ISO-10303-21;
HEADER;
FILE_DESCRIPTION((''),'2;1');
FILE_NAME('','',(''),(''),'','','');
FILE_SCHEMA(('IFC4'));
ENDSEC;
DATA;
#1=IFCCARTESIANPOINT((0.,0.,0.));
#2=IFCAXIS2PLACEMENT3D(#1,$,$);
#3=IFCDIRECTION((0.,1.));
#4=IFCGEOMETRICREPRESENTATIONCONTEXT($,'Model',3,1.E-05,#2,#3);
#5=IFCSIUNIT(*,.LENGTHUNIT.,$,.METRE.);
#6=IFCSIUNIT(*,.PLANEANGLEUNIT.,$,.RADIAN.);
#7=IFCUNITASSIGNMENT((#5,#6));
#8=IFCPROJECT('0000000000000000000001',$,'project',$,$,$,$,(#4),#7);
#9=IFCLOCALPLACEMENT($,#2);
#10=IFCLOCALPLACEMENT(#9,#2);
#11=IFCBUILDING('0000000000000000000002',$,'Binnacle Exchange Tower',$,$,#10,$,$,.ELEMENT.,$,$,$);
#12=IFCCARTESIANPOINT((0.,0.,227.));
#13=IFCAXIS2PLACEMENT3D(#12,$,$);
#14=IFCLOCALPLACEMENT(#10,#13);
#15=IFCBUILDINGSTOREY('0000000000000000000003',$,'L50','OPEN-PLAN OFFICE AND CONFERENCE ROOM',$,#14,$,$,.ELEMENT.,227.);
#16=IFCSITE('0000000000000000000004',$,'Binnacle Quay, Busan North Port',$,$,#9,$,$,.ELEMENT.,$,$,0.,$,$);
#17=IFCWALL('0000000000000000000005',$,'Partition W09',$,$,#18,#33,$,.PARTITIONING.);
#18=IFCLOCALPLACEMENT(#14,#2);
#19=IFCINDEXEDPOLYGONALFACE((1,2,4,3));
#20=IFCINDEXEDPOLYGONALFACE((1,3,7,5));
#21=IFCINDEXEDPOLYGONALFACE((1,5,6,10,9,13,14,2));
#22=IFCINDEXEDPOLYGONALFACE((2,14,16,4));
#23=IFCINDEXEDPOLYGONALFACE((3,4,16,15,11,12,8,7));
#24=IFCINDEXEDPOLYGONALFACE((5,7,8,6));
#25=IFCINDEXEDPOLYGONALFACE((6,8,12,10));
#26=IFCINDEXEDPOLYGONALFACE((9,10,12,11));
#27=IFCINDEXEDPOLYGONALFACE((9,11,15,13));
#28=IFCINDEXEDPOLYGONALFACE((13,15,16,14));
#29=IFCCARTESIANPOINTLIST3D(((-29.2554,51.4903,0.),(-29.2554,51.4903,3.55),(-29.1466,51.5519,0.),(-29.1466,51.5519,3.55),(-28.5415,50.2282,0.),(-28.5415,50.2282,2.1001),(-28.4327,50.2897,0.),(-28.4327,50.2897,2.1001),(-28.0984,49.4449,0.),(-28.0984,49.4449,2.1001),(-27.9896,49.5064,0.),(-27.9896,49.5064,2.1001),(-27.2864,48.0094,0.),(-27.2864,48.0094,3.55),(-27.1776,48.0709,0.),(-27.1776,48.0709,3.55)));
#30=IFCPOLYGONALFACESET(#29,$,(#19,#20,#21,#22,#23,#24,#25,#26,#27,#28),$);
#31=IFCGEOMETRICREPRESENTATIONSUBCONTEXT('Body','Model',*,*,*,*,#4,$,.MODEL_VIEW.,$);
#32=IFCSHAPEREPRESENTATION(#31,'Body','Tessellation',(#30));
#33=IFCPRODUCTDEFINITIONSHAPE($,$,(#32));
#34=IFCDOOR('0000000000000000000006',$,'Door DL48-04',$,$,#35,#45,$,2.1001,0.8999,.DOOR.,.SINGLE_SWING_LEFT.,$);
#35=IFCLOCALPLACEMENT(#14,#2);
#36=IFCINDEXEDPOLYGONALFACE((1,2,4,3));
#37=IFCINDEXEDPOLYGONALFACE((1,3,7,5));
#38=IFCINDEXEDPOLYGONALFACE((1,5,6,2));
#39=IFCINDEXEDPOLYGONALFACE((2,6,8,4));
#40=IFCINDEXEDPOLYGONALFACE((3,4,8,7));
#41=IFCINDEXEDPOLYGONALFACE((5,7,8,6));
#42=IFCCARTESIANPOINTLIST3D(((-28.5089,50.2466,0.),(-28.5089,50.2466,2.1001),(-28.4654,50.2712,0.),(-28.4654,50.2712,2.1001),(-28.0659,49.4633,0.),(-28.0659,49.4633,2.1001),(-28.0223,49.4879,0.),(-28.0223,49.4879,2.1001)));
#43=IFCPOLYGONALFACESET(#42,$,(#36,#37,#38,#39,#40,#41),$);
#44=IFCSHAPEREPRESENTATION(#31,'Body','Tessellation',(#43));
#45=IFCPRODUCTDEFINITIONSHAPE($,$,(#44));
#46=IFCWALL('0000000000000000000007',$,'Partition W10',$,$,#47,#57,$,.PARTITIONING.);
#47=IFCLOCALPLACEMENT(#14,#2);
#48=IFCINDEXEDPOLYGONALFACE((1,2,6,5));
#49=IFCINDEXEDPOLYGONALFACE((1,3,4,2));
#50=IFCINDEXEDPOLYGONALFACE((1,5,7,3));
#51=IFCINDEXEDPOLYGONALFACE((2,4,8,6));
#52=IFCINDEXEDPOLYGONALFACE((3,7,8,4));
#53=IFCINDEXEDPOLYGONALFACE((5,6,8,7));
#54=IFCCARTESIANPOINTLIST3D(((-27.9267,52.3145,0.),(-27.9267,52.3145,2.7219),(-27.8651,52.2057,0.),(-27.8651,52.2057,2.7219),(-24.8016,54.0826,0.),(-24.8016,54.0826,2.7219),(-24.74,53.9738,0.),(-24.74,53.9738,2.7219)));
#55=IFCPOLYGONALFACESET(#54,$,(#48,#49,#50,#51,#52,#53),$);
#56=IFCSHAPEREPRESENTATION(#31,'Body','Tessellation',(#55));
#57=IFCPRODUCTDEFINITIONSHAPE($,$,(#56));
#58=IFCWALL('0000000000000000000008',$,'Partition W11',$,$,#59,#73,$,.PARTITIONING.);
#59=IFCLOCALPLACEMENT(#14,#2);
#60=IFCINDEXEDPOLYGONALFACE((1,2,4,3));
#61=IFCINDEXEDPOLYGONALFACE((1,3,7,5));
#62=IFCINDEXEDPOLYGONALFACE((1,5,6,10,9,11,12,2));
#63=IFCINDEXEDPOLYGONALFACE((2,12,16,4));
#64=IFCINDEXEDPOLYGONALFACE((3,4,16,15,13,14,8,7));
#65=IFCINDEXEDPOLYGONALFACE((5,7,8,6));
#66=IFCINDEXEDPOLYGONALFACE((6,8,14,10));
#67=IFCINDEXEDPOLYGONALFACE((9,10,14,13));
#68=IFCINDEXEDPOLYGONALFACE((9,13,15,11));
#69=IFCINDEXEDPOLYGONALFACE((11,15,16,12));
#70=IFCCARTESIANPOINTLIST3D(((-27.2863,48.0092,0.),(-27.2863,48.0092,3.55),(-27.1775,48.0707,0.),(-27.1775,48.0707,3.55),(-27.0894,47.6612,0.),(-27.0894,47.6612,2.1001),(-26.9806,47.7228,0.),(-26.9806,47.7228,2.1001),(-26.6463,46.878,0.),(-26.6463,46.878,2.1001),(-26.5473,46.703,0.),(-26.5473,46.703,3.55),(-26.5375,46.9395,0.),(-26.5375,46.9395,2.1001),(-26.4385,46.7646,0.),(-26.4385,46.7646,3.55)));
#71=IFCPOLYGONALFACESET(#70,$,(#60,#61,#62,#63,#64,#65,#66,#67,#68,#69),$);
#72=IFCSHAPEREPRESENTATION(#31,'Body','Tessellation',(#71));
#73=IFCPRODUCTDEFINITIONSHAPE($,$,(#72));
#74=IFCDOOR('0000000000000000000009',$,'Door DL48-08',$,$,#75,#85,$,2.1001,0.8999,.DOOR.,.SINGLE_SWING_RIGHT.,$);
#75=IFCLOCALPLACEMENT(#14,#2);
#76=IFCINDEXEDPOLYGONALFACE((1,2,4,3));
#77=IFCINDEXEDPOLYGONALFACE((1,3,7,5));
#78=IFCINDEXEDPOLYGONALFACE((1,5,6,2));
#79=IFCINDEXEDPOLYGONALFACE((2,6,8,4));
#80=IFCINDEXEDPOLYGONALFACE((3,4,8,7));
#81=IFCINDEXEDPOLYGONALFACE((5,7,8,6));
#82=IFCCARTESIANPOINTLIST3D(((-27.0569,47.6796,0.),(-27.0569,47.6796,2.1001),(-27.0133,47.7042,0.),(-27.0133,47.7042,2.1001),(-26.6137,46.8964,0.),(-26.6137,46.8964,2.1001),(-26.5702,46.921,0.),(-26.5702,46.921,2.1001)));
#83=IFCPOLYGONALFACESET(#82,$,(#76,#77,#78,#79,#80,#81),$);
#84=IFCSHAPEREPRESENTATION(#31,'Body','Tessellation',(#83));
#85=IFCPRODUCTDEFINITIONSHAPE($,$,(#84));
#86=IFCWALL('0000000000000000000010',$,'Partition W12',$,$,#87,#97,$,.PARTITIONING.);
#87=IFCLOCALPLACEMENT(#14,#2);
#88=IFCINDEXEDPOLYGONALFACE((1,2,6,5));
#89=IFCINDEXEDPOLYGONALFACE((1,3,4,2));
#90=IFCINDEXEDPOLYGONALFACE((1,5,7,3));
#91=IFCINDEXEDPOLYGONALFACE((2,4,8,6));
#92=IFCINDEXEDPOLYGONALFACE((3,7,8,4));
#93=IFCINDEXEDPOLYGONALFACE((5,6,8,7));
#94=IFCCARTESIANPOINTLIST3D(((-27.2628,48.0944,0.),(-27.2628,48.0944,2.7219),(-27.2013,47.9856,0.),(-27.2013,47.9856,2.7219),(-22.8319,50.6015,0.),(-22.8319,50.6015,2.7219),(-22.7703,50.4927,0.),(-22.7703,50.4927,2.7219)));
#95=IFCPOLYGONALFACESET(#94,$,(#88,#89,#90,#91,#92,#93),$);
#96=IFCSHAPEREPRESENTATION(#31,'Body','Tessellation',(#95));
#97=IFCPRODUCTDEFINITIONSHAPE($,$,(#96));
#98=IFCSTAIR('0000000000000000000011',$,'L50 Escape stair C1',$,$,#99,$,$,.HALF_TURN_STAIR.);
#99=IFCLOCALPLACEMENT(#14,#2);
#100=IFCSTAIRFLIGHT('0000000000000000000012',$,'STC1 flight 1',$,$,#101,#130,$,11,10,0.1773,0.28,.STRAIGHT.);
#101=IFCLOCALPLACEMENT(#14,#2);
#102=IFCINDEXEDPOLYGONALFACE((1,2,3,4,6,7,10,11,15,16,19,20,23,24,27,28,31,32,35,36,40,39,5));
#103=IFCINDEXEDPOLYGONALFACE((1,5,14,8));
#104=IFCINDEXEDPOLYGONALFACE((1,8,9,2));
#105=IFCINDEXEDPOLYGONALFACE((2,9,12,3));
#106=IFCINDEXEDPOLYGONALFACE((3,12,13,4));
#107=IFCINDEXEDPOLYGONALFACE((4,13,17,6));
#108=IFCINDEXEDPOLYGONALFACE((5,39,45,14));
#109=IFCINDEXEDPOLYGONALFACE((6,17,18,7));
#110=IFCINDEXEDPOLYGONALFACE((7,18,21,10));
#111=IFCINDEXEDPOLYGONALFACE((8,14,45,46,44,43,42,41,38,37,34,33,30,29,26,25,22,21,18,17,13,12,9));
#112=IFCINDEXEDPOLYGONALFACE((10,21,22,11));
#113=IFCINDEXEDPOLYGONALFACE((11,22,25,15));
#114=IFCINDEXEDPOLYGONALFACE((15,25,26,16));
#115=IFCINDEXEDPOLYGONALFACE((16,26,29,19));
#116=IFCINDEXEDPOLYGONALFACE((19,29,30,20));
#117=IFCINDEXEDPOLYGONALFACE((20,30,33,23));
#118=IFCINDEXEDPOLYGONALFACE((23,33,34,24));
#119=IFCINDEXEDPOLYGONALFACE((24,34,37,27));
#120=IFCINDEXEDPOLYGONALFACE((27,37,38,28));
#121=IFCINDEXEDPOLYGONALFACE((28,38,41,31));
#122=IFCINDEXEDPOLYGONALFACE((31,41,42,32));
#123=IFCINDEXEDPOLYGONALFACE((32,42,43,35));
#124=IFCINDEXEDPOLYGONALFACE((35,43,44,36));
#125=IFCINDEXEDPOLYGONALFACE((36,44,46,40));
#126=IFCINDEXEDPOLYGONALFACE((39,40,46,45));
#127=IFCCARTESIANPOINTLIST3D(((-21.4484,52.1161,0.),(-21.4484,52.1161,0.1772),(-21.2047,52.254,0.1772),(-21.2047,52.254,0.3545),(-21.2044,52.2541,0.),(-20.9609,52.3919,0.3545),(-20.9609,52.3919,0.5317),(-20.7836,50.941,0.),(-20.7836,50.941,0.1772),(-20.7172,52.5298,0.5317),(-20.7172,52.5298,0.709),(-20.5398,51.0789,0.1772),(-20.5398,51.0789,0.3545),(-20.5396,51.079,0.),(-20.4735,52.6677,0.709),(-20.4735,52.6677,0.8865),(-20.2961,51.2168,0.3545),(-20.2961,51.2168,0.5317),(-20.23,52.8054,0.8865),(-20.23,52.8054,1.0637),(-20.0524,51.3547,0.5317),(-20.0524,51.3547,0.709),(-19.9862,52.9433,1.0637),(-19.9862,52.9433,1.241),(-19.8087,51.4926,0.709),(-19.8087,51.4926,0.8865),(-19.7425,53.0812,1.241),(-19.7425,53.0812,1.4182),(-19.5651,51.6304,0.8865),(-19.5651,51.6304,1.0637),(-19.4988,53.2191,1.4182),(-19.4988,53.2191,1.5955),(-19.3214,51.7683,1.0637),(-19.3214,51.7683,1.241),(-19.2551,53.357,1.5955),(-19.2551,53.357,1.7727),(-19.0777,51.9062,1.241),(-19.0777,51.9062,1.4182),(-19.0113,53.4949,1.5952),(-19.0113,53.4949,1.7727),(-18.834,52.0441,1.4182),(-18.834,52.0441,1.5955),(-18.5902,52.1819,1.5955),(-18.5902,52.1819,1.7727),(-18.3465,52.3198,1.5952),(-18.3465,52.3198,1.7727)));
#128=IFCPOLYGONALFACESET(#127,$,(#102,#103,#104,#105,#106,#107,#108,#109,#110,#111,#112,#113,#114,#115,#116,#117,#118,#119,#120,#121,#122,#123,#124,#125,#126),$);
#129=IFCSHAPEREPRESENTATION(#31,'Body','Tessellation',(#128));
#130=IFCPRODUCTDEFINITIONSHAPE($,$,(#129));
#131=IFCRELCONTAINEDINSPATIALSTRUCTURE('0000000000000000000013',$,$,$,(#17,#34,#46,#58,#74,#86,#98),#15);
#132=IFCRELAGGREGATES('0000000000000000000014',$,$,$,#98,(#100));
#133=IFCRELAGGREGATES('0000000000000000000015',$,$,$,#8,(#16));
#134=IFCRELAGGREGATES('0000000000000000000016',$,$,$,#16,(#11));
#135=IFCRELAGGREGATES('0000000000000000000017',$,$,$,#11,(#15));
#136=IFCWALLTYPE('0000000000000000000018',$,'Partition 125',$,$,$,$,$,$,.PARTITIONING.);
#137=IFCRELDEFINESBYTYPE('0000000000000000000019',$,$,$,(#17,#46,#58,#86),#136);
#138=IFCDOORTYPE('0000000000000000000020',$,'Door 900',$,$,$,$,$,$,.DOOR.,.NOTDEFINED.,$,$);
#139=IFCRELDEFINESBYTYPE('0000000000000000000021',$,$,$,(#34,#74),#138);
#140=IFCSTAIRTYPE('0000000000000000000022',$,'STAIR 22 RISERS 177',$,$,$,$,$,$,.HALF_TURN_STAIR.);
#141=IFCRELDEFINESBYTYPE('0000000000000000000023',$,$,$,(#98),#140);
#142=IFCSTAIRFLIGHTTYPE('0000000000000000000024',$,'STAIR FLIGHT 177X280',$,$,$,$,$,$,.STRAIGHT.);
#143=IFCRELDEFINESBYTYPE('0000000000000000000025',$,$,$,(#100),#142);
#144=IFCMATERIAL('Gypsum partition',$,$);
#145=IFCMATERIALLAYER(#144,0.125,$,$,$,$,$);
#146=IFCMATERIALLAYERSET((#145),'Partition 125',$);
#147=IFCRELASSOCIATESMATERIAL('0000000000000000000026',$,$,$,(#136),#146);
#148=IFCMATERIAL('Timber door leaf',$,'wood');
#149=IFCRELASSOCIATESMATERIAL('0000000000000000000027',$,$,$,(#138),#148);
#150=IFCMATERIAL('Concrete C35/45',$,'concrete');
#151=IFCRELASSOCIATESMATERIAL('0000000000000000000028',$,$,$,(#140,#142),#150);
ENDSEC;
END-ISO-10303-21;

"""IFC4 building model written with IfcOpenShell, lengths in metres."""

from ifc_helpers import new_model, si_unit, direction, frame, frame_2d, origin, place, context, subcontext, project, spatial, polyline, rectangle, outline, extrude, material, layer, layer_set, type_object, element, fill, aggregate, save


model = new_model("IFC4")

# Units and contexts
model_context = context("Model", 3, precision=1e-05, world=origin(), true_north=direction((0.0, 1.0)))
body_context = subcontext(model_context, "Body", "Model", "MODEL_VIEW")
ifc_project = project(units=[si_unit("LENGTHUNIT", "METRE"), si_unit("PLANEANGLEUNIT", "RADIAN")], contexts=[model_context])

# Site, building, storey
site_placement = place(None, origin())
site = spatial("IfcSite", under=ifc_project, at=site_placement, Name="Binnacle Quay, Busan North Port", CompositionType="ELEMENT", RefElevation=0.0)
building_placement = place(site_placement, origin())
building = spatial("IfcBuilding", under=site, at=building_placement, Name="Binnacle Exchange Tower", CompositionType="ELEMENT")
storey_placement = place(building_placement, frame((0.0, 0.0, 227.0)))
storey = spatial("IfcBuildingStorey", under=building, at=storey_placement, Name="L50", Description="OPEN-PLAN OFFICE AND CONFERENCE ROOM", CompositionType="ELEMENT", Elevation=227.0)

# Shared definitions
ifc_material_1 = material(Name="Gypsum partition")
ifc_layer_1 = layer(ifc_material_1, 0.125)
ifc_layer_set_1 = layer_set([ifc_layer_1], Name="Partition 125")
wall_type_1 = type_object("IfcWallType", Name="Partition 125", PredefinedType="PARTITIONING", material=ifc_layer_set_1)

# Wall, opening, door
wall_1_placement = place(storey_placement, frame((-29.2009, 51.521, 0.0), z_axis=(0.0, 0.0, 1.0), x_axis=(0.492341, -0.870402, 0.0)))
wall_1 = element("IfcWall", 1, at=wall_1_placement, inside=storey, type_object=wall_type_1, Name="Partition W09", PredefinedType="PARTITIONING", context=body_context, shape_type="SweptSolid", body=[
    extrude(rectangle(XDim=3.9993, YDim=0.125, at=frame_2d((1.9995, 0.0))), origin(), (0.0, 0.0, 1.0), 3.55),
])
opening_1_placement = place(wall_1_placement, frame((1.45, 0.0, 0.0)))
opening_1 = element("IfcOpeningElement", 2, at=opening_1_placement, cuts=wall_1, PredefinedType="OPENING", context=body_context, shape_type="SweptSolid", body=[
    extrude(rectangle(XDim=0.8999, YDim=2.1001, at=frame_2d((0.45, 1.05))), frame((0.0, 0.0725, 0.0), z_axis=(0.0, -1.0, 0.0), x_axis=(1.0, 0.0, 0.0)), (0.0, 0.0, 1.0), 0.145),
])
ifc_material_2 = material(Name="Timber door leaf", Category="wood")
door_type_1 = type_object("IfcDoorType", Name="Door 900", OperationType="NOTDEFINED", PredefinedType="DOOR", material=ifc_material_2)
door_1_placement = place(opening_1_placement, origin())
door_1 = element("IfcDoor", 3, at=door_1_placement, inside=storey, type_object=door_type_1, Name="Door DL48-04", OperationType="SINGLE_SWING_LEFT", OverallHeight=2.1001, OverallWidth=0.8999, PredefinedType="DOOR", context=body_context, shape_type="SweptSolid", body=[
    extrude(rectangle(XDim=0.8999, YDim=2.1001, at=frame_2d((0.45, 1.05))), frame((0.0, 0.0249, 0.0), z_axis=(0.0, -1.0, 0.0), x_axis=(1.0, 0.0, 0.0)), (0.0, 0.0, 1.0), 0.05),
])
fill(opening_1, door_1)

# Wall
wall_2_placement = place(storey_placement, frame((-27.896, 52.26, 0.0), z_axis=(0.0, 0.0, 1.0), x_axis=(0.870353, 0.492429, 0.0)))
element("IfcWall", 4, at=wall_2_placement, inside=storey, type_object=wall_type_1, Name="Partition W10", PredefinedType="PARTITIONING", context=body_context, shape_type="SweptSolid", body=[
    extrude(rectangle(XDim=3.5906, YDim=0.125, at=frame_2d((1.7954, 0.0))), origin(), (0.0, 0.0, 1.0), 2.7219),
])

# Wall, opening, door
wall_3_placement = place(storey_placement, frame((-27.2319, 48.04, 0.0), z_axis=(0.0, 0.0, 1.0), x_axis=(0.492438, -0.870348, 0.0)))
wall_3 = element("IfcWall", 5, at=wall_3_placement, inside=storey, type_object=wall_type_1, Name="Partition W11", PredefinedType="PARTITIONING", context=body_context, shape_type="SweptSolid", body=[
    extrude(rectangle(XDim=1.5007, YDim=0.125, at=frame_2d((0.7505, 0.0))), origin(), (0.0, 0.0, 1.0), 3.55),
])
opening_2_placement = place(wall_3_placement, frame((0.3999, 0.0, 0.0)))
opening_2 = element("IfcOpeningElement", 6, at=opening_2_placement, cuts=wall_3, PredefinedType="OPENING", context=body_context, shape_type="SweptSolid", body=[
    extrude(rectangle(XDim=0.8999, YDim=2.1001, at=frame_2d((0.45, 1.05))), frame((0.0, 0.0725, 0.0), z_axis=(0.0, -1.0, 0.0), x_axis=(1.0, 0.0, 0.0)), (0.0, 0.0, 1.0), 0.145),
])
door_2_placement = place(opening_2_placement, origin())
door_2 = element("IfcDoor", 7, at=door_2_placement, inside=storey, type_object=door_type_1, Name="Door DL48-08", OperationType="SINGLE_SWING_RIGHT", OverallHeight=2.1001, OverallWidth=0.8999, PredefinedType="DOOR", context=body_context, shape_type="SweptSolid", body=[
    extrude(rectangle(XDim=0.8999, YDim=2.1001, at=frame_2d((0.45, 1.05))), frame((0.0, 0.0249, 0.0), z_axis=(0.0, -1.0, 0.0), x_axis=(1.0, 0.0, 0.0)), (0.0, 0.0, 1.0), 0.05),
])
fill(opening_2, door_2)

# Wall
wall_4_placement = place(storey_placement, frame((-27.2319, 48.04, 0.0), z_axis=(0.0, 0.0, 1.0), x_axis=(0.870339, 0.492452, 0.0)))
element("IfcWall", 8, at=wall_4_placement, inside=storey, type_object=wall_type_1, Name="Partition W12", PredefinedType="PARTITIONING", context=body_context, shape_type="SweptSolid", body=[
    extrude(rectangle(XDim=5.0911, YDim=0.125, at=frame_2d((2.5454, 0.0))), origin(), (0.0, 0.0, 1.0), 2.7219),
])

# Stair, stair flight
ifc_material_3 = material(Name="Concrete C35/45", Category="concrete")
stair_type = type_object("IfcStairType", Name="STAIR 22 RISERS 177", PredefinedType="HALF_TURN_STAIR", material=ifc_material_3)
stair_placement = place(storey_placement, origin())
stair = element("IfcStair", 9, at=stair_placement, inside=storey, type_object=stair_type, Name="L50 Escape stair C1", PredefinedType="HALF_TURN_STAIR")
stair_flight_type = type_object("IfcStairFlightType", Name="STAIR FLIGHT 177X280", PredefinedType="STRAIGHT", material=ifc_material_3)
stair_flight_placement = place(storey_placement, frame((-21.116, 51.5286, 0.0), z_axis=(0.0, 0.0, 1.0), x_axis=(0.870356, 0.492424, 0.0)))
stair_flight = element("IfcStairFlight", 10, at=stair_flight_placement, type_object=stair_flight_type, Name="STC1 flight 1", NumberOfRisers=11, NumberOfTreads=10, PredefinedType="STRAIGHT", RiserHeight=0.1773, TreadLength=0.28, context=body_context, shape_type="SweptSolid", body=[
    extrude(outline(polyline([(0.0, 0.0), (0.0, 0.1772), (0.28, 0.1772), (0.28, 0.3545), (0.5601, 0.3545), (0.5601, 0.5317), (0.8401, 0.5317), (0.8401, 0.709), (1.1201, 0.709), (1.1201, 0.8865), (1.3999, 0.8865), (1.3999, 1.0637), (1.6799, 1.0637), (1.6799, 1.241), (1.96, 1.241), (1.96, 1.4182), (2.24, 1.4182), (2.24, 1.5955), (2.52, 1.5955), (2.52, 1.7727), (2.8, 1.7727), (2.8, 1.95), (2.8, 1.5952), (0.2803, 0.0), (0.0, 0.0)])), frame((0.0, 0.675, 0.0), z_axis=(0.0, -1.0, 0.0), x_axis=(1.0, 0.0, 0.0)), (0.0, 0.0, 1.0), 1.3501),
])
aggregate(stair, [stair_flight])

save(model, "model.ifc")
